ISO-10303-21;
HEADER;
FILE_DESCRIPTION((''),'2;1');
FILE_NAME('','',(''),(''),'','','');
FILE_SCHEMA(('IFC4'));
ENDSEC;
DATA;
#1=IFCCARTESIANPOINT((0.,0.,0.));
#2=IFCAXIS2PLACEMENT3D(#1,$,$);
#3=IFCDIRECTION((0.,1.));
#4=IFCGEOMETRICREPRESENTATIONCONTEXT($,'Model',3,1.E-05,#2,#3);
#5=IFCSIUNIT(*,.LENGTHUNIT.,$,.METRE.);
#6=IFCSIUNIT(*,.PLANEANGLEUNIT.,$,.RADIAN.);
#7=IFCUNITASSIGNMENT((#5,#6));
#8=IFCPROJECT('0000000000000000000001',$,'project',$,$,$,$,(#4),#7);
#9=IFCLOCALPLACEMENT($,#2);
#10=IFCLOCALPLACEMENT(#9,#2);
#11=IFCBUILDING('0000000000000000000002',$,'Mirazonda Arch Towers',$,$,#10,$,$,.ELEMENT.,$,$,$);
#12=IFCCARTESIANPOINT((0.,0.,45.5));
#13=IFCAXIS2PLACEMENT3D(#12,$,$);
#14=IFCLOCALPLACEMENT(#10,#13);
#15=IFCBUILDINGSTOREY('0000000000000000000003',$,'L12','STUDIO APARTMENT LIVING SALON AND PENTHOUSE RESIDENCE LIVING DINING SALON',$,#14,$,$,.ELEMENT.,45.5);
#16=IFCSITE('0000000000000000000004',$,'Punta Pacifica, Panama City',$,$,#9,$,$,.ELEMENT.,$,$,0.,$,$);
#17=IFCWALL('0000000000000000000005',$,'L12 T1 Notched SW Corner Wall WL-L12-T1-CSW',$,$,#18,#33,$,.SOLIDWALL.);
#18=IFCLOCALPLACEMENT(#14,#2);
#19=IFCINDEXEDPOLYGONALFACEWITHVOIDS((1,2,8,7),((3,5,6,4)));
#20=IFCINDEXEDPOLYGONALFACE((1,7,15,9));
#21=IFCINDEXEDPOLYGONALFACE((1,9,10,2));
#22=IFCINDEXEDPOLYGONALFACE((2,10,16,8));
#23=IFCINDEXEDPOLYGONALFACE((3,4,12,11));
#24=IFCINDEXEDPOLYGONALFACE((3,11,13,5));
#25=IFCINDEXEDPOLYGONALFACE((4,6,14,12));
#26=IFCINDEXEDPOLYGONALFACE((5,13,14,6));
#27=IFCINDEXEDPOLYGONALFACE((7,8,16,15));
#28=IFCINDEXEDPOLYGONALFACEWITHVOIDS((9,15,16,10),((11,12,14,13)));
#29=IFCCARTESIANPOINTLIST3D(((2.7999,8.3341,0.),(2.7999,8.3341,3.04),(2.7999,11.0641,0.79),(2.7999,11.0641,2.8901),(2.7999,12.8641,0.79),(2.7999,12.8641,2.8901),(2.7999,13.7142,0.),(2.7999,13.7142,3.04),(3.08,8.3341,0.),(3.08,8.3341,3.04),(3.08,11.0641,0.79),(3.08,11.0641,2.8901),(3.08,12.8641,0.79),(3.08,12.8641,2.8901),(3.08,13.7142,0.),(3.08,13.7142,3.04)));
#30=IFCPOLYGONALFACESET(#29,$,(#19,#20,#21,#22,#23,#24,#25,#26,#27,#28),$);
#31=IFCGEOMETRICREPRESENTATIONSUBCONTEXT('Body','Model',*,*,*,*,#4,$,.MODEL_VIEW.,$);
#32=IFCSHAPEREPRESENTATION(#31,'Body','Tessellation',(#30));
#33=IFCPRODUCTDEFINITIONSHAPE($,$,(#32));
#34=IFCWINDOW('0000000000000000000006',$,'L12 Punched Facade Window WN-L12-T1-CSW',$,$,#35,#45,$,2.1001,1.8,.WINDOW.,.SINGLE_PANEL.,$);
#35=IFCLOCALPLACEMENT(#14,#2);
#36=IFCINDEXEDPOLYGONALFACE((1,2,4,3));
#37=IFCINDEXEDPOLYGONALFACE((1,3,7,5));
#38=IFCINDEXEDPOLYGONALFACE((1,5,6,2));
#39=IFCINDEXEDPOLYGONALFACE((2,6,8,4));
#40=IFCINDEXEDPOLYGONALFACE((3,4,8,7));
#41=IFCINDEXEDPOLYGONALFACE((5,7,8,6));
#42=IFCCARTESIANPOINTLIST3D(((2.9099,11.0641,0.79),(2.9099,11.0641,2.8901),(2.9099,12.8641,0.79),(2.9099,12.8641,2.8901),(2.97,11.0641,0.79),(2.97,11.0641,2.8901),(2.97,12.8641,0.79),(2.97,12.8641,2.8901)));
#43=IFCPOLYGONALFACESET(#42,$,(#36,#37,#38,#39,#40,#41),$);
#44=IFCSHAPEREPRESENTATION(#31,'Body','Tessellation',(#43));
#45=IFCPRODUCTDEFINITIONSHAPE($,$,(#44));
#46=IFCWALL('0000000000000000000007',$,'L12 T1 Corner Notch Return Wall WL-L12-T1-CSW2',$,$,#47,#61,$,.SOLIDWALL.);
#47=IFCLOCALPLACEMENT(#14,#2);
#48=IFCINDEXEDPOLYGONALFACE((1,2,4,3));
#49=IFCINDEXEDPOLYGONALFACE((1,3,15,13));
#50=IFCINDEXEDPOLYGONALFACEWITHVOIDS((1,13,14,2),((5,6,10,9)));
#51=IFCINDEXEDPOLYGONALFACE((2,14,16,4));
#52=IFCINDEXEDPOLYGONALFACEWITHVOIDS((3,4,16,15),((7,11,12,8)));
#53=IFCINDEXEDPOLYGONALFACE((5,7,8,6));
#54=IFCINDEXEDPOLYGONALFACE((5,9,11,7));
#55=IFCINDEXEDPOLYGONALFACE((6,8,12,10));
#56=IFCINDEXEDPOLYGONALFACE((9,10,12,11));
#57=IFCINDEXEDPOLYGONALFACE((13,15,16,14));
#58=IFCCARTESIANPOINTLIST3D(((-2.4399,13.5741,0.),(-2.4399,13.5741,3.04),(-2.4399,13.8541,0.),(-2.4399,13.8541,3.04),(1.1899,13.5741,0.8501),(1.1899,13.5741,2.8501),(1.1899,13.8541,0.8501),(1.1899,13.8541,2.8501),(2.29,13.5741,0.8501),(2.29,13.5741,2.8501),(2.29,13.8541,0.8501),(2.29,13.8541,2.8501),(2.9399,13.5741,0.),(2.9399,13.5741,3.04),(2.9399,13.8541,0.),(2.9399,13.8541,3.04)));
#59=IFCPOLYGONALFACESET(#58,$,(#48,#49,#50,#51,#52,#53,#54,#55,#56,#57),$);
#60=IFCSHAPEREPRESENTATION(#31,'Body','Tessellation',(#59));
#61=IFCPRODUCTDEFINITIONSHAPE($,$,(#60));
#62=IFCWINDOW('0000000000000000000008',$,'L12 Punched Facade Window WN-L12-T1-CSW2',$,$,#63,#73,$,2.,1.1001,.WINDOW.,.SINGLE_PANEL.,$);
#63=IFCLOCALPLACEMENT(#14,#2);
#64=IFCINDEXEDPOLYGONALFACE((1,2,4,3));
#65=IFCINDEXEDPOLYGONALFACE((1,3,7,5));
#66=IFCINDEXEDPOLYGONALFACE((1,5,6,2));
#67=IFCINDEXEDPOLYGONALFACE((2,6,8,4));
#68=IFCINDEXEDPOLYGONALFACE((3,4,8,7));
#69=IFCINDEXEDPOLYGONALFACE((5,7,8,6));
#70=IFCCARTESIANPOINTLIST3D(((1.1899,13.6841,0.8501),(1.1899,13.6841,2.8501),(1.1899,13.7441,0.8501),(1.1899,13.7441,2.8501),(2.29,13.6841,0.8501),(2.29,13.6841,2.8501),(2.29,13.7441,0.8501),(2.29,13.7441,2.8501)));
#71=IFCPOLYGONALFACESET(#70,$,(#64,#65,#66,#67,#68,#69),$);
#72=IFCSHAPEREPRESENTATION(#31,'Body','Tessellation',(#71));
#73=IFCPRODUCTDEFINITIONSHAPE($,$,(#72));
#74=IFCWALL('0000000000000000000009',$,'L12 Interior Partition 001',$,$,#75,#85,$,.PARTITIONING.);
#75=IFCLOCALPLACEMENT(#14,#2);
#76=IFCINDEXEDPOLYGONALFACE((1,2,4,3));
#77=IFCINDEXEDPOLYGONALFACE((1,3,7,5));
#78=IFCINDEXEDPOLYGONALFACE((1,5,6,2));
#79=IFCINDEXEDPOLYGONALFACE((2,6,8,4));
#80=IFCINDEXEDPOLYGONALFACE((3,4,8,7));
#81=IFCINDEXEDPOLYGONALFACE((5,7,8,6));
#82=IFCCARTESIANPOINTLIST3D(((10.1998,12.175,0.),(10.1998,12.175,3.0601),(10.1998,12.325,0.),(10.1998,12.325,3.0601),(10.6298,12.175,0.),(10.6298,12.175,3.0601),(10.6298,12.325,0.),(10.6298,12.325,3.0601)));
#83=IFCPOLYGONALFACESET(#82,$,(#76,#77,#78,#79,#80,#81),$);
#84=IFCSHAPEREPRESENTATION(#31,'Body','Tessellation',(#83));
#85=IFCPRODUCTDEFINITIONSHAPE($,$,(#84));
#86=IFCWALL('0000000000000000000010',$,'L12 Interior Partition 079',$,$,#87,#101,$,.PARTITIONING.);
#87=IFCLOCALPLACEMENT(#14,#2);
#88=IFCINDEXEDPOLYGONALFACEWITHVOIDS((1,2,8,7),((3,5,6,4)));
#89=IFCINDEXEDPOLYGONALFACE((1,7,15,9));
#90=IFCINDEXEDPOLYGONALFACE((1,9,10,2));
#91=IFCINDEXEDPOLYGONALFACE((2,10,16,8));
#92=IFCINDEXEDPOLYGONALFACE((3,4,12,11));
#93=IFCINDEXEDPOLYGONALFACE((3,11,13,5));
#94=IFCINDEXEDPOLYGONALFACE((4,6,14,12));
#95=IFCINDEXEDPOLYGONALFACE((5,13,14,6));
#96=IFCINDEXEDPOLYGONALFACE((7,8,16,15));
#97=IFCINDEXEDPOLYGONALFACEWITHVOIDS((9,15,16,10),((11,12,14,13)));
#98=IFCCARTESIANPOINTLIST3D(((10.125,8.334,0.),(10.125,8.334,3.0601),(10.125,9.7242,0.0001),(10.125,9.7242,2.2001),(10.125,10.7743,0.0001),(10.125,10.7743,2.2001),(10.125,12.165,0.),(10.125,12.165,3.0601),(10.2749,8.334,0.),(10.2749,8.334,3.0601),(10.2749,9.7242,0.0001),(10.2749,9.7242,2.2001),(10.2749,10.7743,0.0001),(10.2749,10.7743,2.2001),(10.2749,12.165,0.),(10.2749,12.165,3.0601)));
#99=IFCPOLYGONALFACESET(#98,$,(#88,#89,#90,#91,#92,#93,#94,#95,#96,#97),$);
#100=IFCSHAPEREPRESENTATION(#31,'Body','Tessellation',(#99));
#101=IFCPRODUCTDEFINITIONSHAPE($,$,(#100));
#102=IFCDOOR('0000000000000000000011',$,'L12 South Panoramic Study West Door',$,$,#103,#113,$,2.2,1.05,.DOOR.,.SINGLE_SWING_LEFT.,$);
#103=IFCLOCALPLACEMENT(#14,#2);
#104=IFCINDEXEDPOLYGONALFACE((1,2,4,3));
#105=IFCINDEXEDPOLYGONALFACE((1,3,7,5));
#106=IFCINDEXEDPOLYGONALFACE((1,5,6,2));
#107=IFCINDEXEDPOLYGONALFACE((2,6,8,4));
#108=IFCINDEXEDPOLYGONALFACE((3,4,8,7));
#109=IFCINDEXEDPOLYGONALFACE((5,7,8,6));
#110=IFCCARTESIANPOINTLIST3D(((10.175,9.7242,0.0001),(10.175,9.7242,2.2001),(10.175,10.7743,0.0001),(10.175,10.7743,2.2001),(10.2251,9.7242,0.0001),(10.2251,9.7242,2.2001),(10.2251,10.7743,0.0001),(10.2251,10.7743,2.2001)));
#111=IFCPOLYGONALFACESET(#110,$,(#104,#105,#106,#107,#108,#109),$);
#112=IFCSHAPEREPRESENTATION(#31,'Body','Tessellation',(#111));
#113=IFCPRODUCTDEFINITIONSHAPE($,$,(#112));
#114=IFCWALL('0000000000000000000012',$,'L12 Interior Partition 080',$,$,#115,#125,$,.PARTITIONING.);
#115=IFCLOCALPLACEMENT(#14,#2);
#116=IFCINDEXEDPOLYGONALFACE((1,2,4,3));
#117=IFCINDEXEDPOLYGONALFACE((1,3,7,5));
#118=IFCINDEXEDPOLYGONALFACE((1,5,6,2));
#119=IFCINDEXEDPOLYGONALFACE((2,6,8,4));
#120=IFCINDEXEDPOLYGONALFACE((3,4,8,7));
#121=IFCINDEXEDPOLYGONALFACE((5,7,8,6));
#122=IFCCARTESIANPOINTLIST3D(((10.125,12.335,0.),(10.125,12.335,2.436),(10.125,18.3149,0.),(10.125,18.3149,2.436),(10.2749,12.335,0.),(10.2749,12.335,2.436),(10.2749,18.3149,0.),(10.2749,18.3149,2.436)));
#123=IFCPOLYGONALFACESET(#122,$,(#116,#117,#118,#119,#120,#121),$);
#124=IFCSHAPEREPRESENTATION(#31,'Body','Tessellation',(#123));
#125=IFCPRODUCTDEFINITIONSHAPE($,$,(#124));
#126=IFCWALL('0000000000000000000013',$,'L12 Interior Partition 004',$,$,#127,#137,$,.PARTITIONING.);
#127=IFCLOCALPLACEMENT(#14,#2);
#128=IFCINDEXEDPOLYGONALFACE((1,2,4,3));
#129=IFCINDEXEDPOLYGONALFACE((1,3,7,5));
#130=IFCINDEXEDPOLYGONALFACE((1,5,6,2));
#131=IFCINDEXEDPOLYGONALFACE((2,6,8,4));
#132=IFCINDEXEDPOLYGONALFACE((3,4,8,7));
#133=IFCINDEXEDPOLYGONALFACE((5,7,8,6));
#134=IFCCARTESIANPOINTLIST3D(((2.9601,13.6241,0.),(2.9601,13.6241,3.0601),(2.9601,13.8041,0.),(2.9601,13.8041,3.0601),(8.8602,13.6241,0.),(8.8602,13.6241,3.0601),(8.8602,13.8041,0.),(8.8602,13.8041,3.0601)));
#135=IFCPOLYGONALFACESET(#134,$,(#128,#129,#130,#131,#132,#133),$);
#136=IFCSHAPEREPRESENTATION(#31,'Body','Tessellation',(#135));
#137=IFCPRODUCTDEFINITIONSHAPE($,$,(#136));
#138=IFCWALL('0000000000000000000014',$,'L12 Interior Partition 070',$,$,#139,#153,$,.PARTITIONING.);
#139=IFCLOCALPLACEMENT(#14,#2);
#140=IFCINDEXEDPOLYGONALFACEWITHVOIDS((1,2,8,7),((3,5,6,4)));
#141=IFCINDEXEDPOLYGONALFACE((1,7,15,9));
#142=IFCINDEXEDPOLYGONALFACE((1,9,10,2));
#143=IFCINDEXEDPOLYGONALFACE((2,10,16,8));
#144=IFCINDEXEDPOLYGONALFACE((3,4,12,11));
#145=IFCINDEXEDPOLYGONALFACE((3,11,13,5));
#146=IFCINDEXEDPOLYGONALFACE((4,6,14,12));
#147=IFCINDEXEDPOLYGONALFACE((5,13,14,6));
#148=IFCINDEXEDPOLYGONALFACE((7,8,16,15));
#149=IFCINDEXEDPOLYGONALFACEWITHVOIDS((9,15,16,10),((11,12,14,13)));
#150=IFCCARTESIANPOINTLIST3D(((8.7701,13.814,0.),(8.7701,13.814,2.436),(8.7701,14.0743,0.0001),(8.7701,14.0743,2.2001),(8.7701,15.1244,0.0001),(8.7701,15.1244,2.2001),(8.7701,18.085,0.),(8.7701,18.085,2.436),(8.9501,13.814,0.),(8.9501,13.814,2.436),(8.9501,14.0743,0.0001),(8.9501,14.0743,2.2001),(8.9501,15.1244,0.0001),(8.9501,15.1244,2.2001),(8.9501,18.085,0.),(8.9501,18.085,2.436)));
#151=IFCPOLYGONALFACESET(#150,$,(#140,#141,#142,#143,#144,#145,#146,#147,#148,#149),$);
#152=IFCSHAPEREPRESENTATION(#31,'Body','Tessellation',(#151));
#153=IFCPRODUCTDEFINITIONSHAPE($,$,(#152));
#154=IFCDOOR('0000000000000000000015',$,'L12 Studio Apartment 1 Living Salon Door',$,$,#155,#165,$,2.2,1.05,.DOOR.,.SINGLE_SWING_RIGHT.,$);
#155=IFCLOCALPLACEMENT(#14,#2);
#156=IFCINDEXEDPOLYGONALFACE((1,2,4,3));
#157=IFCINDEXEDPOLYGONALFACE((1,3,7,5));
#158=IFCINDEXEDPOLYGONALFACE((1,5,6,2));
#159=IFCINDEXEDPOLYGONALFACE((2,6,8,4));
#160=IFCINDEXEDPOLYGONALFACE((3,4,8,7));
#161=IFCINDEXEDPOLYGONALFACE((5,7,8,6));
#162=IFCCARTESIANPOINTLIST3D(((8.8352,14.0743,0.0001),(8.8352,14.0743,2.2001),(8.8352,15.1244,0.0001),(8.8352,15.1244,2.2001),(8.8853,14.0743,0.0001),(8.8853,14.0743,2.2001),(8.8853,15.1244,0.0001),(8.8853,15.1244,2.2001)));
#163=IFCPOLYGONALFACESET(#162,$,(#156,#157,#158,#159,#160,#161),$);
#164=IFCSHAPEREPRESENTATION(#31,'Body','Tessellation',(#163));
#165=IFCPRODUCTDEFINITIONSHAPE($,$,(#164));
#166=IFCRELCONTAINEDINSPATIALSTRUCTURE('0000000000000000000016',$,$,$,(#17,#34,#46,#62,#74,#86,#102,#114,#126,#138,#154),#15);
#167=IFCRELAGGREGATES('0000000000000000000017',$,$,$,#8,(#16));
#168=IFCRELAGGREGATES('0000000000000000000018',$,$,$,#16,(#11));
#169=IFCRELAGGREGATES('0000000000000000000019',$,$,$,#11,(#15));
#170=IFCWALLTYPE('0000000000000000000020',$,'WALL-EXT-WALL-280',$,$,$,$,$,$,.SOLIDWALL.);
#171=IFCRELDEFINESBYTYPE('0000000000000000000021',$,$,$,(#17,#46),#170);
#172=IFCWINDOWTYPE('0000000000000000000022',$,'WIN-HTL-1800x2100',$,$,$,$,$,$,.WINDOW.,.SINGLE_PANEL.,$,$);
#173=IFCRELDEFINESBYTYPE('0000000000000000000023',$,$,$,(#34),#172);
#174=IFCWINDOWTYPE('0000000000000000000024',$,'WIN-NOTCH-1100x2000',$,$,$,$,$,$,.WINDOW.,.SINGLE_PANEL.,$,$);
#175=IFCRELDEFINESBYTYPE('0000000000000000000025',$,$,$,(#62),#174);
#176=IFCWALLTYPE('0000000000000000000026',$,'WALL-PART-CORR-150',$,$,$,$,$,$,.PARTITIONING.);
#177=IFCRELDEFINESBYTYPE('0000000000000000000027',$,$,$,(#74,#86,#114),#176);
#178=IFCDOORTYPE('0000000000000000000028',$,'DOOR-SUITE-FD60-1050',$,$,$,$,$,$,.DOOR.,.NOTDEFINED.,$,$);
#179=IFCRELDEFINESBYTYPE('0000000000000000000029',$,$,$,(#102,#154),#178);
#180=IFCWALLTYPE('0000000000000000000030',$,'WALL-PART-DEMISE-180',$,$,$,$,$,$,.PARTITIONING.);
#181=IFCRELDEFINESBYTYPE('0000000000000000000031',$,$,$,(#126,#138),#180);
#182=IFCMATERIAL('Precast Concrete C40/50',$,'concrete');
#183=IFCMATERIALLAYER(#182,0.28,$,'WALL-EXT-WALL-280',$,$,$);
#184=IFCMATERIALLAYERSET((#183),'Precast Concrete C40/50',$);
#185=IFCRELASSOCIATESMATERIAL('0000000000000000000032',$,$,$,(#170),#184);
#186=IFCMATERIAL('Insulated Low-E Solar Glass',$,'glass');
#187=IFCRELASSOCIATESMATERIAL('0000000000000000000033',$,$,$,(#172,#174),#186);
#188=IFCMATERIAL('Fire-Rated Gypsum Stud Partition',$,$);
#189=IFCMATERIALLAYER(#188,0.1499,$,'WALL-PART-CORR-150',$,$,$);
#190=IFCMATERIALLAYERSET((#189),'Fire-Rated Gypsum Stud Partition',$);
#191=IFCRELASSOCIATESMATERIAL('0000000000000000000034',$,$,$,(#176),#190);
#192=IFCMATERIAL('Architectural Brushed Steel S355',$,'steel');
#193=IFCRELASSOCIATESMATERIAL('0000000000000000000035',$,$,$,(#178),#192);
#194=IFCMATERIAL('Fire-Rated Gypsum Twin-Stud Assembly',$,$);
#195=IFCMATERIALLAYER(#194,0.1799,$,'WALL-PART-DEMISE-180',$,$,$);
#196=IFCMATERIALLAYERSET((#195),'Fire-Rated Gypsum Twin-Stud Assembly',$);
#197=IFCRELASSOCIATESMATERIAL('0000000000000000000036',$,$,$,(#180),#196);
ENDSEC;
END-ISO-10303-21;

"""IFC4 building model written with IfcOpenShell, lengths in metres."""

from ifc_helpers import new_model, si_unit, direction, frame, frame_2d, origin, place, context, subcontext, project, spatial, rectangle, extrude, material, layer, layer_set, type_object, element, fill, save


model = new_model("IFC4")

# Units and contexts
model_context = context("Model", 3, precision=1e-05, world=origin(), true_north=direction((0.0, 1.0)))
body_context = subcontext(model_context, "Body", "Model", "MODEL_VIEW")
ifc_project = project(units=[si_unit("LENGTHUNIT", "METRE"), si_unit("PLANEANGLEUNIT", "RADIAN")], contexts=[model_context])

# Site, building, storey
site_placement = place(None, origin())
site = spatial("IfcSite", under=ifc_project, at=site_placement, Name="Punta Pacifica, Panama City", CompositionType="ELEMENT", RefElevation=0.0)
building_placement = place(site_placement, origin())
building = spatial("IfcBuilding", under=site, at=building_placement, Name="Mirazonda Arch Towers", CompositionType="ELEMENT")
storey_placement = place(building_placement, frame((0.0, 0.0, 45.5)))
storey = spatial("IfcBuildingStorey", under=building, at=storey_placement, Name="L12", Description="STUDIO APARTMENT LIVING SALON AND PENTHOUSE RESIDENCE LIVING DINING SALON", CompositionType="ELEMENT", Elevation=45.5)

# Shared definitions
ifc_material_1 = material(Name="Insulated Low-E Solar Glass", Category="glass")

# Walls, openings, windows
ifc_material_2 = material(Name="Precast Concrete C40/50", Category="concrete")
ifc_layer_1 = layer(ifc_material_2, 0.28, Name="WALL-EXT-WALL-280")
ifc_layer_set_1 = layer_set([ifc_layer_1], Name="Precast Concrete C40/50")
wall_type_1 = type_object("IfcWallType", Name="WALL-EXT-WALL-280", PredefinedType="SOLIDWALL", material=ifc_layer_set_1)
wall_1_placement = place(storey_placement, frame((2.9399, 13.7141, 0.0), z_axis=(0.0, 0.0, 1.0), x_axis=(0.0, -1.0, 0.0)))
wall_1 = element("IfcWall", 1, at=wall_1_placement, inside=storey, type_object=wall_type_1, Name="L12 T1 Notched SW Corner Wall WL-L12-T1-CSW", PredefinedType="SOLIDWALL", context=body_context, shape_type="SweptSolid", body=[
    extrude(rectangle(XDim=5.3801, YDim=0.28, at=frame_2d((2.6899, 0.0))), origin(), (0.0, 0.0, 1.0), 3.04),
])
opening_1_placement = place(wall_1_placement, frame((0.8501, 0.0, 0.79)))
opening_1 = element("IfcOpeningElement", 2, at=opening_1_placement, cuts=wall_1, PredefinedType="OPENING", context=body_context, shape_type="SweptSolid", body=[
    extrude(rectangle(XDim=1.8, YDim=2.1001, at=frame_2d((0.8999, 1.05))), frame((0.0, 0.1499, 0.0), z_axis=(0.0, -1.0, 0.0), x_axis=(1.0, 0.0, 0.0)), (0.0, 0.0, 1.0), 0.3),
])
window_type_1 = type_object("IfcWindowType", Name="WIN-HTL-1800x2100", PartitioningType="SINGLE_PANEL", PredefinedType="WINDOW", material=ifc_material_1)
window_1_placement = place(opening_1_placement, origin())
window_1 = element("IfcWindow", 3, at=window_1_placement, inside=storey, type_object=window_type_1, Name="L12 Punched Facade Window WN-L12-T1-CSW", OverallHeight=2.1001, OverallWidth=1.8, PartitioningType="SINGLE_PANEL", PredefinedType="WINDOW", context=body_context, shape_type="SweptSolid", body=[
    extrude(rectangle(XDim=1.8, YDim=2.1001, at=frame_2d((0.8999, 1.05))), frame((0.0, 0.03, 0.0), z_axis=(0.0, -1.0, 0.0), x_axis=(1.0, 0.0, 0.0)), (0.0, 0.0, 1.0), 0.0601),
])
fill(opening_1, window_1)
wall_2_placement = place(storey_placement, frame((-2.4399, 13.7141, 0.0), z_axis=(0.0, 0.0, 1.0), x_axis=(1.0, 0.0, 0.0)))
wall_2 = element("IfcWall", 4, at=wall_2_placement, inside=storey, type_object=wall_type_1, Name="L12 T1 Corner Notch Return Wall WL-L12-T1-CSW2", PredefinedType="SOLIDWALL", context=body_context, shape_type="SweptSolid", body=[
    extrude(rectangle(XDim=5.3799, YDim=0.28, at=frame_2d((2.6899, 0.0))), origin(), (0.0, 0.0, 1.0), 3.04),
])
opening_2_placement = place(wall_2_placement, frame((3.6299, 0.0, 0.8501)))
opening_2 = element("IfcOpeningElement", 5, at=opening_2_placement, cuts=wall_2, PredefinedType="OPENING", context=body_context, shape_type="SweptSolid", body=[
    extrude(rectangle(XDim=1.1001, YDim=2.0, at=frame_2d((0.55, 1.0))), frame((0.0, 0.1499, 0.0), z_axis=(0.0, -1.0, 0.0), x_axis=(1.0, 0.0, 0.0)), (0.0, 0.0, 1.0), 0.3),
])
window_type_2 = type_object("IfcWindowType", Name="WIN-NOTCH-1100x2000", PartitioningType="SINGLE_PANEL", PredefinedType="WINDOW", material=ifc_material_1)
window_2_placement = place(opening_2_placement, origin())
window_2 = element("IfcWindow", 6, at=window_2_placement, inside=storey, type_object=window_type_2, Name="L12 Punched Facade Window WN-L12-T1-CSW2", OverallHeight=2.0, OverallWidth=1.1001, PartitioningType="SINGLE_PANEL", PredefinedType="WINDOW", context=body_context, shape_type="SweptSolid", body=[
    extrude(rectangle(XDim=1.1001, YDim=2.0, at=frame_2d((0.55, 1.0))), frame((0.0, 0.03, 0.0), z_axis=(0.0, -1.0, 0.0), x_axis=(1.0, 0.0, 0.0)), (0.0, 0.0, 1.0), 0.0601),
])
fill(opening_2, window_2)

# Wall
ifc_material_3 = material(Name="Fire-Rated Gypsum Stud Partition")
ifc_layer_2 = layer(ifc_material_3, 0.1499, Name="WALL-PART-CORR-150")
ifc_layer_set_2 = layer_set([ifc_layer_2], Name="Fire-Rated Gypsum Stud Partition")
wall_type_2 = type_object("IfcWallType", Name="WALL-PART-CORR-150", PredefinedType="PARTITIONING", material=ifc_layer_set_2)
wall_3_placement = place(storey_placement, frame((10.2, 12.25, 0.0), z_axis=(0.0, 0.0, 1.0), x_axis=(1.0, 0.0, 0.0)))
element("IfcWall", 7, at=wall_3_placement, inside=storey, type_object=wall_type_2, Name="L12 Interior Partition 001", PredefinedType="PARTITIONING", context=body_context, shape_type="SweptSolid", body=[
    extrude(rectangle(XDim=0.4299, YDim=0.1499, at=frame_2d((0.2148, 0.0))), origin(), (0.0, 0.0, 1.0), 3.0601),
])

# Wall, opening, door
wall_4_placement = place(storey_placement, frame((10.2, 8.334, 0.0), z_axis=(0.0, 0.0, 1.0), x_axis=(0.0, 1.0, 0.0)))
wall_4 = element("IfcWall", 8, at=wall_4_placement, inside=storey, type_object=wall_type_2, Name="L12 Interior Partition 079", PredefinedType="PARTITIONING", context=body_context, shape_type="SweptSolid", body=[
    extrude(rectangle(XDim=3.8311, YDim=0.1499, at=frame_2d((1.9155, 0.0))), origin(), (0.0, 0.0, 1.0), 3.0601),
])
opening_3_placement = place(wall_4_placement, frame((1.3904, 0.0, 0.0)))
opening_3 = element("IfcOpeningElement", 9, at=opening_3_placement, cuts=wall_4, PredefinedType="OPENING", context=body_context, shape_type="SweptSolid", body=[
    extrude(rectangle(XDim=1.05, YDim=2.2, at=frame_2d((0.5249, 1.1001))), frame((0.0, 0.085, 0.0), z_axis=(0.0, -1.0, 0.0), x_axis=(1.0, 0.0, 0.0)), (0.0, 0.0, 1.0), 0.1699),
])
ifc_material_4 = material(Name="Architectural Brushed Steel S355", Category="steel")
door_type_1 = type_object("IfcDoorType", Name="DOOR-SUITE-FD60-1050", OperationType="NOTDEFINED", PredefinedType="DOOR", material=ifc_material_4)
door_1_placement = place(opening_3_placement, origin())
door_1 = element("IfcDoor", 10, at=door_1_placement, inside=storey, type_object=door_type_1, Name="L12 South Panoramic Study West Door", OperationType="SINGLE_SWING_LEFT", OverallHeight=2.2, OverallWidth=1.05, PredefinedType="DOOR", context=body_context, shape_type="SweptSolid", body=[
    extrude(rectangle(XDim=1.05, YDim=2.2, at=frame_2d((0.5249, 1.1001))), frame((0.0, 0.0249, 0.0), z_axis=(0.0, -1.0, 0.0), x_axis=(1.0, 0.0, 0.0)), (0.0, 0.0, 1.0), 0.05),
])
fill(opening_3, door_1)

# Walls
wall_5_placement = place(storey_placement, frame((10.2, 12.335, 0.0), z_axis=(0.0, 0.0, 1.0), x_axis=(0.0, 1.0, 0.0)))
element("IfcWall", 11, at=wall_5_placement, inside=storey, type_object=wall_type_2, Name="L12 Interior Partition 080", PredefinedType="PARTITIONING", context=body_context, shape_type="SweptSolid", body=[
    extrude(rectangle(XDim=5.98, YDim=0.1499, at=frame_2d((2.99, 0.0))), origin(), (0.0, 0.0, 1.0), 2.436),
])
ifc_material_5 = material(Name="Fire-Rated Gypsum Twin-Stud Assembly")
ifc_layer_3 = layer(ifc_material_5, 0.1799, Name="WALL-PART-DEMISE-180")
ifc_layer_set_3 = layer_set([ifc_layer_3], Name="Fire-Rated Gypsum Twin-Stud Assembly")
wall_type_3 = type_object("IfcWallType", Name="WALL-PART-DEMISE-180", PredefinedType="PARTITIONING", material=ifc_layer_set_3)
wall_6_placement = place(storey_placement, frame((2.96, 13.7141, 0.0), z_axis=(0.0, 0.0, 1.0), x_axis=(1.0, 0.0, 0.0)))
element("IfcWall", 12, at=wall_6_placement, inside=storey, type_object=wall_type_3, Name="L12 Interior Partition 004", PredefinedType="PARTITIONING", context=body_context, shape_type="SweptSolid", body=[
    extrude(rectangle(XDim=5.9001, YDim=0.1799, at=frame_2d((2.9502, 0.0))), origin(), (0.0, 0.0, 1.0), 3.0601),
])

# Wall, opening, door
wall_7_placement = place(storey_placement, frame((8.8601, 13.814, 0.0), z_axis=(0.0, 0.0, 1.0), x_axis=(0.0, 1.0, 0.0)))
wall_7 = element("IfcWall", 13, at=wall_7_placement, inside=storey, type_object=wall_type_3, Name="L12 Interior Partition 070", PredefinedType="PARTITIONING", context=body_context, shape_type="SweptSolid", body=[
    extrude(rectangle(XDim=4.271, YDim=0.1799, at=frame_2d((2.1355, 0.0))), origin(), (0.0, 0.0, 1.0), 2.436),
])
opening_4_placement = place(wall_7_placement, frame((0.2605, 0.0, 0.0)))
opening_4 = element("IfcOpeningElement", 14, at=opening_4_placement, cuts=wall_7, PredefinedType="OPENING", context=body_context, shape_type="SweptSolid", body=[
    extrude(rectangle(XDim=1.05, YDim=2.2, at=frame_2d((0.5249, 1.1001))), frame((0.0, 0.0999, 0.0), z_axis=(0.0, -1.0, 0.0), x_axis=(1.0, 0.0, 0.0)), (0.0, 0.0, 1.0), 0.2),
])
door_2_placement = place(opening_4_placement, origin())
door_2 = element("IfcDoor", 15, at=door_2_placement, inside=storey, type_object=door_type_1, Name="L12 Studio Apartment 1 Living Salon Door", OperationType="SINGLE_SWING_RIGHT", OverallHeight=2.2, OverallWidth=1.05, PredefinedType="DOOR", context=body_context, shape_type="SweptSolid", body=[
    extrude(rectangle(XDim=1.05, YDim=2.2, at=frame_2d((0.5249, 1.1001))), frame((0.0, 0.0249, 0.0), z_axis=(0.0, -1.0, 0.0), x_axis=(1.0, 0.0, 0.0)), (0.0, 0.0, 1.0), 0.05),
])
fill(opening_4, door_2)

save(model, "model.ifc")
